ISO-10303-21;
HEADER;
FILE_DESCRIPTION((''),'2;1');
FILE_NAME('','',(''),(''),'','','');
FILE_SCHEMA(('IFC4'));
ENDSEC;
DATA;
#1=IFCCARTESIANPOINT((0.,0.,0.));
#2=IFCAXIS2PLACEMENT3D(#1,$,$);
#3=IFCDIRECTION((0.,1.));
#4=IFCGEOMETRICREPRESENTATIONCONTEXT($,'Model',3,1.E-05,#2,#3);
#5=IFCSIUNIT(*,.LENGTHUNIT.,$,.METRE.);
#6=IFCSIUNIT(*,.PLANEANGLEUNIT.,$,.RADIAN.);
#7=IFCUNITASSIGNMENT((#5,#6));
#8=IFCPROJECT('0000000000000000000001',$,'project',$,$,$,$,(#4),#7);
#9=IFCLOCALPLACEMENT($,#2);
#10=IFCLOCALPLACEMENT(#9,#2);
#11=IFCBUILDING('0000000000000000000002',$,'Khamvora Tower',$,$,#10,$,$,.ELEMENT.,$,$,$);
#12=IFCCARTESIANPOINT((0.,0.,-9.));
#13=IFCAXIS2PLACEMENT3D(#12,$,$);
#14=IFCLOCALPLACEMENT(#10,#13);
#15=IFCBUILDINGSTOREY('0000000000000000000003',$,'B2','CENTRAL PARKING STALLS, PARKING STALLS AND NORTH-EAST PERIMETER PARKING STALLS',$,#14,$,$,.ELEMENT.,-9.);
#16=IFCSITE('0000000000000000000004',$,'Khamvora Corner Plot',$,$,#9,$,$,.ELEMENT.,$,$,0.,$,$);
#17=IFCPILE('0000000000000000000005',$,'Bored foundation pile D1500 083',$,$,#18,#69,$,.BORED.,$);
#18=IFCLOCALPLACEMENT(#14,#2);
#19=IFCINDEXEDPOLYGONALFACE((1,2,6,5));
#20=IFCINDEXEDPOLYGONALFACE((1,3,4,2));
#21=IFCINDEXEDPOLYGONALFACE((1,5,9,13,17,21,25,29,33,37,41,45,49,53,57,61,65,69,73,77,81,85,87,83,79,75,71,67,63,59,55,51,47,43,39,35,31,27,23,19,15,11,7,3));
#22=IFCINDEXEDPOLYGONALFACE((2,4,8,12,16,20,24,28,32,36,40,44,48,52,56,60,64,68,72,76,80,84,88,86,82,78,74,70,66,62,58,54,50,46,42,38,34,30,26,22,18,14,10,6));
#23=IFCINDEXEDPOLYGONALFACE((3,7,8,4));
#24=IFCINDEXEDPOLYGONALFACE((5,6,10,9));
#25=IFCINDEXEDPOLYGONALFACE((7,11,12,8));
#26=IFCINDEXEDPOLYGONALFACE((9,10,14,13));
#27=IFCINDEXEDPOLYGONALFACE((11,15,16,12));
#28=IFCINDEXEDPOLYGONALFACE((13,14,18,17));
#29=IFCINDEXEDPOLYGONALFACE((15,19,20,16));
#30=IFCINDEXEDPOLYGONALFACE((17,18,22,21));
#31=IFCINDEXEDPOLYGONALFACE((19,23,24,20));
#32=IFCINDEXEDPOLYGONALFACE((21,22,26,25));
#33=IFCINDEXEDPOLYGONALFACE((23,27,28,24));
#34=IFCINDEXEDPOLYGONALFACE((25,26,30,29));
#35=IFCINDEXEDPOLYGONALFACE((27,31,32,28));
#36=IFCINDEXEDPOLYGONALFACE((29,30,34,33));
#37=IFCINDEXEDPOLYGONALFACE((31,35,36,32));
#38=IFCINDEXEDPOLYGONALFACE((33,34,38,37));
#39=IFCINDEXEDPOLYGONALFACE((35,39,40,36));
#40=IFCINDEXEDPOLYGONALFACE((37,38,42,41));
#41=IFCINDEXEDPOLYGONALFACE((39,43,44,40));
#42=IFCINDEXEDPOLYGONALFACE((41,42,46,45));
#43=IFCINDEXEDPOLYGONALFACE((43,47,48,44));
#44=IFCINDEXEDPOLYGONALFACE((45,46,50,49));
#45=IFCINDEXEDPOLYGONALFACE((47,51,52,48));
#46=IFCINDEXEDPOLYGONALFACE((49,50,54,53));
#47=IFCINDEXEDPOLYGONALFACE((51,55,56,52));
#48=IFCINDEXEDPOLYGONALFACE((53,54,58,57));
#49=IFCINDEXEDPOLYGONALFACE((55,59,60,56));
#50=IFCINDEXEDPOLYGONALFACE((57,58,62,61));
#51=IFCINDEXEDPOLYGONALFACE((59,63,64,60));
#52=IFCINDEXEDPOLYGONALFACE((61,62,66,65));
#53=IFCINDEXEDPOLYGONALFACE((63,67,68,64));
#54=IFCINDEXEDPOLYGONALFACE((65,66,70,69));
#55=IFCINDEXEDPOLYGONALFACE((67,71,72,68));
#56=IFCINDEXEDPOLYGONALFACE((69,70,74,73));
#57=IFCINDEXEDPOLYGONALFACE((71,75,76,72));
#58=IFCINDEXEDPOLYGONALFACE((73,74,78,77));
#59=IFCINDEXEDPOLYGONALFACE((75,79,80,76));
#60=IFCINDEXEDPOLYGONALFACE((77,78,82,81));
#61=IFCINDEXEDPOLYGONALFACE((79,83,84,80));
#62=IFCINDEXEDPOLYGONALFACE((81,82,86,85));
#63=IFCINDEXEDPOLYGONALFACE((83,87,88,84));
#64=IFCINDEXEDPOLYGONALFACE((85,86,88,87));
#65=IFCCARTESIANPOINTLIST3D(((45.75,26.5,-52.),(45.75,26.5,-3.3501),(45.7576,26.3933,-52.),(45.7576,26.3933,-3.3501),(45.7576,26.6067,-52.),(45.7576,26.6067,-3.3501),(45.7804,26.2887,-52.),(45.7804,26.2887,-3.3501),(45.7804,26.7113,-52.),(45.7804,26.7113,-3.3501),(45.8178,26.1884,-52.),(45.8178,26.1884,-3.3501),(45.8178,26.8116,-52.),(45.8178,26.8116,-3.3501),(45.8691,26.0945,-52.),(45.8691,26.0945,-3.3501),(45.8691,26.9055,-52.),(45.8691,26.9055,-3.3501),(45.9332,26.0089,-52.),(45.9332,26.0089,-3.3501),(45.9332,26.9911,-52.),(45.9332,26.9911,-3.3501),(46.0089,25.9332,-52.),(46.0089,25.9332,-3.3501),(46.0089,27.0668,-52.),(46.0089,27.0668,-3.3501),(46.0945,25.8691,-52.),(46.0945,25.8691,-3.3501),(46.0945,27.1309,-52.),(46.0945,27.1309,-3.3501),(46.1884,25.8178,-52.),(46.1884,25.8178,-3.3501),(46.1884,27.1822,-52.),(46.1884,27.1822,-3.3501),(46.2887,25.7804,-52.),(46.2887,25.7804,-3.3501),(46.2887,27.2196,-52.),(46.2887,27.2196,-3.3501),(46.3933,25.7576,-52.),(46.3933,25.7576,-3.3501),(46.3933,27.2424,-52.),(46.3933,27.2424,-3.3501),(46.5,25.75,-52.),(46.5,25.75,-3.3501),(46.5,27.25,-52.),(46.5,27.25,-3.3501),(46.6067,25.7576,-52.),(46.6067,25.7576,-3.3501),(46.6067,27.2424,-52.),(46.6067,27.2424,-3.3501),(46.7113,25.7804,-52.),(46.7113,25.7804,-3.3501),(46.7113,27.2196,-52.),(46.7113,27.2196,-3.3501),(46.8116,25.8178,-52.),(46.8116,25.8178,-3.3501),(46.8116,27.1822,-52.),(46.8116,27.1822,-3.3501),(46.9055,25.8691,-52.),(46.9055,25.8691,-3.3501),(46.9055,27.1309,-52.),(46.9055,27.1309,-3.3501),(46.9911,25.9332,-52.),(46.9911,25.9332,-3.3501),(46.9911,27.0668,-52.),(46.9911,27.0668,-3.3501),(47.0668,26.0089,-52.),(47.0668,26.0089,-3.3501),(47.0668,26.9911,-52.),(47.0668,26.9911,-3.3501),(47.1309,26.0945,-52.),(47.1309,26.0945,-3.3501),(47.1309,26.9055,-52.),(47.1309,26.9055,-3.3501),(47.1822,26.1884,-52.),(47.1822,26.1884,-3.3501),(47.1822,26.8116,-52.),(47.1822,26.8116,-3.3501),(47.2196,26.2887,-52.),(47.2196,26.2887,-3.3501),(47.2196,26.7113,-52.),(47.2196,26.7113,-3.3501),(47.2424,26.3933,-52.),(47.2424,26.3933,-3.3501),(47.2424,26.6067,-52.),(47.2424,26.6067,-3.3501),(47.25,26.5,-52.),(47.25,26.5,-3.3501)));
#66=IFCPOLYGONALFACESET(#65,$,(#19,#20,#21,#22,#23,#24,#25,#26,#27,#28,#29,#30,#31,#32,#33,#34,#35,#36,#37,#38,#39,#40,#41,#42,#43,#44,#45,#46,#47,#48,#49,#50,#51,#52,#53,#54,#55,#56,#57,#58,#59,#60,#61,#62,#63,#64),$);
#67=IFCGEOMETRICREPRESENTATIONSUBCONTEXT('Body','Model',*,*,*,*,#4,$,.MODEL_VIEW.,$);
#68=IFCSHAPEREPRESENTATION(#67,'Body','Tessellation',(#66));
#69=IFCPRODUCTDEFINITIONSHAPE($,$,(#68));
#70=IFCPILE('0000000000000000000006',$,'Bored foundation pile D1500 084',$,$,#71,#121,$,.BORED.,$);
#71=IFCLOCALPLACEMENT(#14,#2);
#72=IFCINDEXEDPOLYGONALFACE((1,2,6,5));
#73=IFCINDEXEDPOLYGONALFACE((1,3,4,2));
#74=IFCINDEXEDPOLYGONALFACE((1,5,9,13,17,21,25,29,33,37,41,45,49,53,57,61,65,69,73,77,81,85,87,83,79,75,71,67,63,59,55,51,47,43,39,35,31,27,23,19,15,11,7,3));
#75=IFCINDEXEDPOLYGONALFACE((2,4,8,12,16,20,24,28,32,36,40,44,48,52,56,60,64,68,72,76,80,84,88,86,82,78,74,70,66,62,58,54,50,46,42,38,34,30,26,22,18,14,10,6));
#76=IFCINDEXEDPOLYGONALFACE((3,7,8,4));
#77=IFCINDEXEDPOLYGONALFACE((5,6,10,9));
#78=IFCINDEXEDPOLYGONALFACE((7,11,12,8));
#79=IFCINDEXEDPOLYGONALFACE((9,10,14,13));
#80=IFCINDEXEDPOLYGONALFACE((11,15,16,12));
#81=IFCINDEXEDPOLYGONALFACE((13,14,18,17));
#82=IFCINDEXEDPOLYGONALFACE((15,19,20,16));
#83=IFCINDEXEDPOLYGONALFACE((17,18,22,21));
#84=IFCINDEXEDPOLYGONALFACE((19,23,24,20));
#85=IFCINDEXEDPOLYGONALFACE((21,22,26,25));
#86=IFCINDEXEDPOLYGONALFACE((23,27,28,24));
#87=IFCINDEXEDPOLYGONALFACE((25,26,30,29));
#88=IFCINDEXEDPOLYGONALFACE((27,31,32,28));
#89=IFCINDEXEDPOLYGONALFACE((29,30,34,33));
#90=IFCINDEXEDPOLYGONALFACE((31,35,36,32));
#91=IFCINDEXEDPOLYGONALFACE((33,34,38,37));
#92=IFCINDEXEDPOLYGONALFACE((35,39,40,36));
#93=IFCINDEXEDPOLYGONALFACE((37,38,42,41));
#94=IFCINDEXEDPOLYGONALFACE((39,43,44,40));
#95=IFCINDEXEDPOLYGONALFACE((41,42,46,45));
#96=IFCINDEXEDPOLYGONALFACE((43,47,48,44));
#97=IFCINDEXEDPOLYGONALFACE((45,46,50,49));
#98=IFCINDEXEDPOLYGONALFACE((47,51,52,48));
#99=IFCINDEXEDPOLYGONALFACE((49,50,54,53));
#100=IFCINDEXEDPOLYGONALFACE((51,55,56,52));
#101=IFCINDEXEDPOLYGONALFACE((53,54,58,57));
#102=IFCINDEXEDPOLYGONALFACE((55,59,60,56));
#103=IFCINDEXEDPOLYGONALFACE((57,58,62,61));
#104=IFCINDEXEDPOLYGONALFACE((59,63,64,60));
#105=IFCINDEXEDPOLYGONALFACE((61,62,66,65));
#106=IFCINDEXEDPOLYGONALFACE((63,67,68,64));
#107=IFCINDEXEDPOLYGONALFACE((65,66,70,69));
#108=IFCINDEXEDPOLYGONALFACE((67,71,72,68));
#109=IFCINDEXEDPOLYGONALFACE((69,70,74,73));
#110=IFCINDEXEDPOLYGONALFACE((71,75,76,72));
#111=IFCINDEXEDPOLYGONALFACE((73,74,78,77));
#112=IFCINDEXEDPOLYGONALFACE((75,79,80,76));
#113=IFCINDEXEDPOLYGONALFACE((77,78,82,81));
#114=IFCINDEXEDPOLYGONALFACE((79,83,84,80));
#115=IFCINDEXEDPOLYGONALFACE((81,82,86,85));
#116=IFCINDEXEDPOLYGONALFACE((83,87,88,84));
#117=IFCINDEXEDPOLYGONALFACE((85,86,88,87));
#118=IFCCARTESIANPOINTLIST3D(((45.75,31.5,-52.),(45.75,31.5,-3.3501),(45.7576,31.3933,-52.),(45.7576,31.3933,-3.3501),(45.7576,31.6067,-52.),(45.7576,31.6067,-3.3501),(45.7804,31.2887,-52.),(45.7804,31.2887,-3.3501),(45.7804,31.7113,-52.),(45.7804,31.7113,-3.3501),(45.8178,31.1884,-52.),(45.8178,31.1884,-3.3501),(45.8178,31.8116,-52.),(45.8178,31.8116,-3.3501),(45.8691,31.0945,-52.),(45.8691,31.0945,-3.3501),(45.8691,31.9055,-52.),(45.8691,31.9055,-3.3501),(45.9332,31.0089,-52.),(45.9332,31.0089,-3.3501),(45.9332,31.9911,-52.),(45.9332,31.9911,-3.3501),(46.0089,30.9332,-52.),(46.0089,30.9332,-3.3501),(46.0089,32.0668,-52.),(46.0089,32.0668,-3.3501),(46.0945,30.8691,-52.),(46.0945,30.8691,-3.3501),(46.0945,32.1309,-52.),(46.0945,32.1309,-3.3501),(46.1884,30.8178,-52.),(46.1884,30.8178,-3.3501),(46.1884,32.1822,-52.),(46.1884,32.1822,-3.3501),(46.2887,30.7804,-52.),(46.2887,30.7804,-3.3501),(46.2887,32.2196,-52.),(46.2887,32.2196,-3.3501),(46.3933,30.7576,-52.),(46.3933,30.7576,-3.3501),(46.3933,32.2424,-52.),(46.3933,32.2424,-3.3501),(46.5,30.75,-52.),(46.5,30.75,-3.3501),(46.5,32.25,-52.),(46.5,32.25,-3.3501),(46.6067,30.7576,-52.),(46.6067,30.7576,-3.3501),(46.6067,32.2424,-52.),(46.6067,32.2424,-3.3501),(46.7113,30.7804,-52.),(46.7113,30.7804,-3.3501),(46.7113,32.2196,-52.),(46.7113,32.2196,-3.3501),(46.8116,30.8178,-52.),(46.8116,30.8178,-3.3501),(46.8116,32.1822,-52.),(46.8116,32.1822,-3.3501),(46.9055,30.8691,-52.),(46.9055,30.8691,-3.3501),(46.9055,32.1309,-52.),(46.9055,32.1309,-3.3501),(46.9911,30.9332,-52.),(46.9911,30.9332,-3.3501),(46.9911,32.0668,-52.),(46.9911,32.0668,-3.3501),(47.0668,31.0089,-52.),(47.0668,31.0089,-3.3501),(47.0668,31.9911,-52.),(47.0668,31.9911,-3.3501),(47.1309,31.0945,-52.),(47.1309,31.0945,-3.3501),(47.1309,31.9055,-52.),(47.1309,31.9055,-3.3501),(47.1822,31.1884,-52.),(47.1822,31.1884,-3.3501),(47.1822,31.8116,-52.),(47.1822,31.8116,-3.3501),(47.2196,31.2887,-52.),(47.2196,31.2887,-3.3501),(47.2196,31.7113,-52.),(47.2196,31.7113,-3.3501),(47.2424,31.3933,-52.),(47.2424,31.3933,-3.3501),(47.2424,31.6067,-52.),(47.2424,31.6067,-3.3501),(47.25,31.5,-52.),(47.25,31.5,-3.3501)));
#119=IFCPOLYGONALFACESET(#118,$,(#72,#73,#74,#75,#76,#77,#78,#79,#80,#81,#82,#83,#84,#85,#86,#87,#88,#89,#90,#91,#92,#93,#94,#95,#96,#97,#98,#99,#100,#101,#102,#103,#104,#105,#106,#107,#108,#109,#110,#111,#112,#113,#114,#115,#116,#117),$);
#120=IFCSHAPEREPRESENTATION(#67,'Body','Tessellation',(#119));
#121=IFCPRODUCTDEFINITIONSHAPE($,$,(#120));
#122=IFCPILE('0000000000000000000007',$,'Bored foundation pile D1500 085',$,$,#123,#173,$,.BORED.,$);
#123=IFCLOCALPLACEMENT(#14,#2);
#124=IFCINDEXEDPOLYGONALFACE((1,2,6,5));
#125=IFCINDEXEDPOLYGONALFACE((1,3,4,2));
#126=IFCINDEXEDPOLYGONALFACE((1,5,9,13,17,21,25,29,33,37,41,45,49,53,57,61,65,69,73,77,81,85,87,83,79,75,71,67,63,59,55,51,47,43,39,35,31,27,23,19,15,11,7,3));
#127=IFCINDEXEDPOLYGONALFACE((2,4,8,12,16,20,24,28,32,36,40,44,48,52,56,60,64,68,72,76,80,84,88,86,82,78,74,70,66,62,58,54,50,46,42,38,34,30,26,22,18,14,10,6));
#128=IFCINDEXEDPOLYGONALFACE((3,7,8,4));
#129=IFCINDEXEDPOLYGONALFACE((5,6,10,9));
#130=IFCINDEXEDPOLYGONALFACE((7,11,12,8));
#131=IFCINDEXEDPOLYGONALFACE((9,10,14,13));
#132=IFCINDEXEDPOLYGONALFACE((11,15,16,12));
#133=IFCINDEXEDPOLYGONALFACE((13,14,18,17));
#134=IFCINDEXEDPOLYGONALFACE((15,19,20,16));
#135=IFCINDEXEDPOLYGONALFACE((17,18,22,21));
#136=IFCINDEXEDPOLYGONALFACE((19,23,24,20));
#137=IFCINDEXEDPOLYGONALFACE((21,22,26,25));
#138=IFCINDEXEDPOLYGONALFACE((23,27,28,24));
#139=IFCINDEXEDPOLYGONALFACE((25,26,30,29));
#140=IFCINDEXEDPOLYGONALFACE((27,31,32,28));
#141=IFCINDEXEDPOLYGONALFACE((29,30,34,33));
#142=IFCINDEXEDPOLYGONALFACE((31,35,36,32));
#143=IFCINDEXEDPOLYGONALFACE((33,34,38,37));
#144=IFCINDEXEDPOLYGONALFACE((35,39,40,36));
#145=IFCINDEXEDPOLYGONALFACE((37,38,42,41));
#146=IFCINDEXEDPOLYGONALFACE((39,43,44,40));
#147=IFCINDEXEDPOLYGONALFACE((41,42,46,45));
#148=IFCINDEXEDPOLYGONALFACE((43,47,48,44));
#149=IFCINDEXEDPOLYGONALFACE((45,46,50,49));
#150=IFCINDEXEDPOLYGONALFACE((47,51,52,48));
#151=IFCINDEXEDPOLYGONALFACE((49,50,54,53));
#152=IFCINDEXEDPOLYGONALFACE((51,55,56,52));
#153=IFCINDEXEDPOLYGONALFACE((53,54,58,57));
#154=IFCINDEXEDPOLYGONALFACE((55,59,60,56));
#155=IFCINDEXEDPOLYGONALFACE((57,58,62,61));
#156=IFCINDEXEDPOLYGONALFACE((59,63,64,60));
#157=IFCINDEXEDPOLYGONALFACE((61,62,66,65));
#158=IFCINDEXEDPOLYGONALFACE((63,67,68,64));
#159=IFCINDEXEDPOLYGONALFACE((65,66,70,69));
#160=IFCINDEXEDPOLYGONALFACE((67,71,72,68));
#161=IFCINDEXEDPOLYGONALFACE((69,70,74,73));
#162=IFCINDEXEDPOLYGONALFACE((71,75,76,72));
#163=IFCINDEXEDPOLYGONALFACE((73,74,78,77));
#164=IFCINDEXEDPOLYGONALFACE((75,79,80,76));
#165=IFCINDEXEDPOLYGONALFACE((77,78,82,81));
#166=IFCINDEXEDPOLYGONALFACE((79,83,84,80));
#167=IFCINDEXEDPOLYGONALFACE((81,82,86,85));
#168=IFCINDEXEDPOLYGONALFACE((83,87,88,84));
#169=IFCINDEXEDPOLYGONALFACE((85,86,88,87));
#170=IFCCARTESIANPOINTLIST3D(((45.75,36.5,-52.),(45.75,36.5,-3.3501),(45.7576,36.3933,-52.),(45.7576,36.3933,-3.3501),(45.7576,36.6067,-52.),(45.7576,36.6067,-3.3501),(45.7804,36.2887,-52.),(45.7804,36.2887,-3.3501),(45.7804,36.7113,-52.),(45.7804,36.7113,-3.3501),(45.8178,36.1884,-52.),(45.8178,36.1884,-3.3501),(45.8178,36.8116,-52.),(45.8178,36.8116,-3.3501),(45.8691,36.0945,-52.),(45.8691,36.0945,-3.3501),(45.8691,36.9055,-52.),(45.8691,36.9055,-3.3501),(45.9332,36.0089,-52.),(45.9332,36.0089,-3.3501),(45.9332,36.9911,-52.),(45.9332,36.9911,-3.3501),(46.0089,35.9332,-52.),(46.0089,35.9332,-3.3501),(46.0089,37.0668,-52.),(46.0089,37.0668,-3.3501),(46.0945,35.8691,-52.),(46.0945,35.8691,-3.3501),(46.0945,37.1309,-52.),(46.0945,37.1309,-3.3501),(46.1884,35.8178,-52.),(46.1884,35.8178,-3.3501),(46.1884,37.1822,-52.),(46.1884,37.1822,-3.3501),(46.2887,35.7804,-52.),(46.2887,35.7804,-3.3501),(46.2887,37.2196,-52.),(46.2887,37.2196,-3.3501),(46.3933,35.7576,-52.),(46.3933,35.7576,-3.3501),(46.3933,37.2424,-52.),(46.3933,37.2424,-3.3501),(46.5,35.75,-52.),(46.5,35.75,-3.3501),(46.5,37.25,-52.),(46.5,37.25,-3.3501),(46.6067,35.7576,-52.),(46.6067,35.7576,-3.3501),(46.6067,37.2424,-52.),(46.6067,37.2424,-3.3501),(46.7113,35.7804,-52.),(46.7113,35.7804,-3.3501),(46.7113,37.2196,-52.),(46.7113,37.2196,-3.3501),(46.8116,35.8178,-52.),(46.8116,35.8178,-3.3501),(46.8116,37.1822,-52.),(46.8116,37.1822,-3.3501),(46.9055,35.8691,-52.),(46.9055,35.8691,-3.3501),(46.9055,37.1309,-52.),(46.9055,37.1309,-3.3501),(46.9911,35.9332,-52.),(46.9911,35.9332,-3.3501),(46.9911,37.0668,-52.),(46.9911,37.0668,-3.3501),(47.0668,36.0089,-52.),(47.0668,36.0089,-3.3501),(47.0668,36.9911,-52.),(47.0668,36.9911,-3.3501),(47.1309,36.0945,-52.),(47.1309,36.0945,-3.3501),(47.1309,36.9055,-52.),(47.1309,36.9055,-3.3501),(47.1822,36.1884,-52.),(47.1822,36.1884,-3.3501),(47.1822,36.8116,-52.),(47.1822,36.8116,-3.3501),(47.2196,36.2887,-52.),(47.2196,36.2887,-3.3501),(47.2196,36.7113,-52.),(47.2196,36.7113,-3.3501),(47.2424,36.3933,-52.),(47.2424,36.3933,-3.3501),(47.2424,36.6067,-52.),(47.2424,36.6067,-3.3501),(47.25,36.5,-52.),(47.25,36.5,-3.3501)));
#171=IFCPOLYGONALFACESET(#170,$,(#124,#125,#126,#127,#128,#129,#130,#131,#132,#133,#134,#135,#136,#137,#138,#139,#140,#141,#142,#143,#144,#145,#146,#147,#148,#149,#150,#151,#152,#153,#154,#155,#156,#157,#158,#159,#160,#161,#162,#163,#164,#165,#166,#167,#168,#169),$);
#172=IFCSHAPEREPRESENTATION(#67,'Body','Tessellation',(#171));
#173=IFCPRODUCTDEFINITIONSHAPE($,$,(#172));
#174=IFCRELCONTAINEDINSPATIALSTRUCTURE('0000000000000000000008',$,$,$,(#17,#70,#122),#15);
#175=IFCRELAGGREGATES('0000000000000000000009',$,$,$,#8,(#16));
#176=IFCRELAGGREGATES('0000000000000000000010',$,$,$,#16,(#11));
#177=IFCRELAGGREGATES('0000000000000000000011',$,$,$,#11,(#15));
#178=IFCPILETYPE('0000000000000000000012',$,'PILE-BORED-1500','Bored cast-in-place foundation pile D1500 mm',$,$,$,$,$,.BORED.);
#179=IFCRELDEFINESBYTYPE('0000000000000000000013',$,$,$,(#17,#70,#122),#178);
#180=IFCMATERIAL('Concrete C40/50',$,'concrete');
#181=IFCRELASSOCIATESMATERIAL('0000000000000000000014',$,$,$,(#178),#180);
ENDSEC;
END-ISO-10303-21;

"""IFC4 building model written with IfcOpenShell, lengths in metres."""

from ifc_helpers import new_model, si_unit, direction, frame, origin, origin_2d, place, context, subcontext, project, spatial, circle, extrude, material, material_profile, profile_set, type_object, element, save


model = new_model("IFC4")

# Units and contexts
model_context = context("Model", 3, precision=1e-05, world=origin(), true_north=direction((0.0, 1.0)))
body_context = subcontext(model_context, "Body", "Model", "MODEL_VIEW")
ifc_project = project(units=[si_unit("LENGTHUNIT", "METRE"), si_unit("PLANEANGLEUNIT", "RADIAN")], contexts=[model_context])

# Site, building, storey
site_placement = place(None, origin())
site = spatial("IfcSite", under=ifc_project, at=site_placement, Name="Khamvora Corner Plot", CompositionType="ELEMENT", RefElevation=0.0)
building_placement = place(site_placement, origin())
building = spatial("IfcBuilding", under=site, at=building_placement, Name="Khamvora Tower", CompositionType="ELEMENT")
storey_placement = place(building_placement, frame((0.0, 0.0, -9.0)))
storey = spatial("IfcBuildingStorey", under=building, at=storey_placement, Name="B2", Description="CENTRAL PARKING STALLS, PARKING STALLS AND NORTH-EAST PERIMETER PARKING STALLS", CompositionType="ELEMENT", Elevation=-9.0)

# Piles
ifc_material_1 = material(Name="Concrete C40/50", Category="concrete")
ifc_material_profile_1 = material_profile(ifc_material_1, circle(Radius=0.75, at=origin_2d()), Name="PILE_D1500")
ifc_profile_set_1 = profile_set([ifc_material_profile_1], Name="Concrete C40/50")
pile_type = type_object("IfcPileType", Name="PILE-BORED-1500", Description="Bored cast-in-place foundation pile D1500 mm", PredefinedType="BORED", material=ifc_profile_set_1)
for number, where, z_axis, x_axis, name in (
    (1, (46.5, 26.5, -3.3501), (0.0, 0.0, -1.0), (1.0, 0.0, 0.0), "Bored foundation pile D1500 083"),
    (2, (46.5, 31.5, -3.3501), (0.0, 0.0, -1.0), (1.0, 0.0, 0.0), "Bored foundation pile D1500 084"),
    (3, (46.5, 36.5, -3.3501), (0.0, 0.0, -1.0), (1.0, 0.0, 0.0), "Bored foundation pile D1500 085"),
):
    element("IfcPile", number, at=place(storey_placement, frame(where, z_axis=z_axis, x_axis=x_axis)), inside=storey, type_object=pile_type, Name=name, PredefinedType="BORED", context=body_context, shape_type="SweptSolid", body=[
        extrude(circle(Radius=0.75, at=origin_2d()), origin(), (0.0, 0.0, 1.0), 48.6499),
    ])

save(model, "model.ifc")
